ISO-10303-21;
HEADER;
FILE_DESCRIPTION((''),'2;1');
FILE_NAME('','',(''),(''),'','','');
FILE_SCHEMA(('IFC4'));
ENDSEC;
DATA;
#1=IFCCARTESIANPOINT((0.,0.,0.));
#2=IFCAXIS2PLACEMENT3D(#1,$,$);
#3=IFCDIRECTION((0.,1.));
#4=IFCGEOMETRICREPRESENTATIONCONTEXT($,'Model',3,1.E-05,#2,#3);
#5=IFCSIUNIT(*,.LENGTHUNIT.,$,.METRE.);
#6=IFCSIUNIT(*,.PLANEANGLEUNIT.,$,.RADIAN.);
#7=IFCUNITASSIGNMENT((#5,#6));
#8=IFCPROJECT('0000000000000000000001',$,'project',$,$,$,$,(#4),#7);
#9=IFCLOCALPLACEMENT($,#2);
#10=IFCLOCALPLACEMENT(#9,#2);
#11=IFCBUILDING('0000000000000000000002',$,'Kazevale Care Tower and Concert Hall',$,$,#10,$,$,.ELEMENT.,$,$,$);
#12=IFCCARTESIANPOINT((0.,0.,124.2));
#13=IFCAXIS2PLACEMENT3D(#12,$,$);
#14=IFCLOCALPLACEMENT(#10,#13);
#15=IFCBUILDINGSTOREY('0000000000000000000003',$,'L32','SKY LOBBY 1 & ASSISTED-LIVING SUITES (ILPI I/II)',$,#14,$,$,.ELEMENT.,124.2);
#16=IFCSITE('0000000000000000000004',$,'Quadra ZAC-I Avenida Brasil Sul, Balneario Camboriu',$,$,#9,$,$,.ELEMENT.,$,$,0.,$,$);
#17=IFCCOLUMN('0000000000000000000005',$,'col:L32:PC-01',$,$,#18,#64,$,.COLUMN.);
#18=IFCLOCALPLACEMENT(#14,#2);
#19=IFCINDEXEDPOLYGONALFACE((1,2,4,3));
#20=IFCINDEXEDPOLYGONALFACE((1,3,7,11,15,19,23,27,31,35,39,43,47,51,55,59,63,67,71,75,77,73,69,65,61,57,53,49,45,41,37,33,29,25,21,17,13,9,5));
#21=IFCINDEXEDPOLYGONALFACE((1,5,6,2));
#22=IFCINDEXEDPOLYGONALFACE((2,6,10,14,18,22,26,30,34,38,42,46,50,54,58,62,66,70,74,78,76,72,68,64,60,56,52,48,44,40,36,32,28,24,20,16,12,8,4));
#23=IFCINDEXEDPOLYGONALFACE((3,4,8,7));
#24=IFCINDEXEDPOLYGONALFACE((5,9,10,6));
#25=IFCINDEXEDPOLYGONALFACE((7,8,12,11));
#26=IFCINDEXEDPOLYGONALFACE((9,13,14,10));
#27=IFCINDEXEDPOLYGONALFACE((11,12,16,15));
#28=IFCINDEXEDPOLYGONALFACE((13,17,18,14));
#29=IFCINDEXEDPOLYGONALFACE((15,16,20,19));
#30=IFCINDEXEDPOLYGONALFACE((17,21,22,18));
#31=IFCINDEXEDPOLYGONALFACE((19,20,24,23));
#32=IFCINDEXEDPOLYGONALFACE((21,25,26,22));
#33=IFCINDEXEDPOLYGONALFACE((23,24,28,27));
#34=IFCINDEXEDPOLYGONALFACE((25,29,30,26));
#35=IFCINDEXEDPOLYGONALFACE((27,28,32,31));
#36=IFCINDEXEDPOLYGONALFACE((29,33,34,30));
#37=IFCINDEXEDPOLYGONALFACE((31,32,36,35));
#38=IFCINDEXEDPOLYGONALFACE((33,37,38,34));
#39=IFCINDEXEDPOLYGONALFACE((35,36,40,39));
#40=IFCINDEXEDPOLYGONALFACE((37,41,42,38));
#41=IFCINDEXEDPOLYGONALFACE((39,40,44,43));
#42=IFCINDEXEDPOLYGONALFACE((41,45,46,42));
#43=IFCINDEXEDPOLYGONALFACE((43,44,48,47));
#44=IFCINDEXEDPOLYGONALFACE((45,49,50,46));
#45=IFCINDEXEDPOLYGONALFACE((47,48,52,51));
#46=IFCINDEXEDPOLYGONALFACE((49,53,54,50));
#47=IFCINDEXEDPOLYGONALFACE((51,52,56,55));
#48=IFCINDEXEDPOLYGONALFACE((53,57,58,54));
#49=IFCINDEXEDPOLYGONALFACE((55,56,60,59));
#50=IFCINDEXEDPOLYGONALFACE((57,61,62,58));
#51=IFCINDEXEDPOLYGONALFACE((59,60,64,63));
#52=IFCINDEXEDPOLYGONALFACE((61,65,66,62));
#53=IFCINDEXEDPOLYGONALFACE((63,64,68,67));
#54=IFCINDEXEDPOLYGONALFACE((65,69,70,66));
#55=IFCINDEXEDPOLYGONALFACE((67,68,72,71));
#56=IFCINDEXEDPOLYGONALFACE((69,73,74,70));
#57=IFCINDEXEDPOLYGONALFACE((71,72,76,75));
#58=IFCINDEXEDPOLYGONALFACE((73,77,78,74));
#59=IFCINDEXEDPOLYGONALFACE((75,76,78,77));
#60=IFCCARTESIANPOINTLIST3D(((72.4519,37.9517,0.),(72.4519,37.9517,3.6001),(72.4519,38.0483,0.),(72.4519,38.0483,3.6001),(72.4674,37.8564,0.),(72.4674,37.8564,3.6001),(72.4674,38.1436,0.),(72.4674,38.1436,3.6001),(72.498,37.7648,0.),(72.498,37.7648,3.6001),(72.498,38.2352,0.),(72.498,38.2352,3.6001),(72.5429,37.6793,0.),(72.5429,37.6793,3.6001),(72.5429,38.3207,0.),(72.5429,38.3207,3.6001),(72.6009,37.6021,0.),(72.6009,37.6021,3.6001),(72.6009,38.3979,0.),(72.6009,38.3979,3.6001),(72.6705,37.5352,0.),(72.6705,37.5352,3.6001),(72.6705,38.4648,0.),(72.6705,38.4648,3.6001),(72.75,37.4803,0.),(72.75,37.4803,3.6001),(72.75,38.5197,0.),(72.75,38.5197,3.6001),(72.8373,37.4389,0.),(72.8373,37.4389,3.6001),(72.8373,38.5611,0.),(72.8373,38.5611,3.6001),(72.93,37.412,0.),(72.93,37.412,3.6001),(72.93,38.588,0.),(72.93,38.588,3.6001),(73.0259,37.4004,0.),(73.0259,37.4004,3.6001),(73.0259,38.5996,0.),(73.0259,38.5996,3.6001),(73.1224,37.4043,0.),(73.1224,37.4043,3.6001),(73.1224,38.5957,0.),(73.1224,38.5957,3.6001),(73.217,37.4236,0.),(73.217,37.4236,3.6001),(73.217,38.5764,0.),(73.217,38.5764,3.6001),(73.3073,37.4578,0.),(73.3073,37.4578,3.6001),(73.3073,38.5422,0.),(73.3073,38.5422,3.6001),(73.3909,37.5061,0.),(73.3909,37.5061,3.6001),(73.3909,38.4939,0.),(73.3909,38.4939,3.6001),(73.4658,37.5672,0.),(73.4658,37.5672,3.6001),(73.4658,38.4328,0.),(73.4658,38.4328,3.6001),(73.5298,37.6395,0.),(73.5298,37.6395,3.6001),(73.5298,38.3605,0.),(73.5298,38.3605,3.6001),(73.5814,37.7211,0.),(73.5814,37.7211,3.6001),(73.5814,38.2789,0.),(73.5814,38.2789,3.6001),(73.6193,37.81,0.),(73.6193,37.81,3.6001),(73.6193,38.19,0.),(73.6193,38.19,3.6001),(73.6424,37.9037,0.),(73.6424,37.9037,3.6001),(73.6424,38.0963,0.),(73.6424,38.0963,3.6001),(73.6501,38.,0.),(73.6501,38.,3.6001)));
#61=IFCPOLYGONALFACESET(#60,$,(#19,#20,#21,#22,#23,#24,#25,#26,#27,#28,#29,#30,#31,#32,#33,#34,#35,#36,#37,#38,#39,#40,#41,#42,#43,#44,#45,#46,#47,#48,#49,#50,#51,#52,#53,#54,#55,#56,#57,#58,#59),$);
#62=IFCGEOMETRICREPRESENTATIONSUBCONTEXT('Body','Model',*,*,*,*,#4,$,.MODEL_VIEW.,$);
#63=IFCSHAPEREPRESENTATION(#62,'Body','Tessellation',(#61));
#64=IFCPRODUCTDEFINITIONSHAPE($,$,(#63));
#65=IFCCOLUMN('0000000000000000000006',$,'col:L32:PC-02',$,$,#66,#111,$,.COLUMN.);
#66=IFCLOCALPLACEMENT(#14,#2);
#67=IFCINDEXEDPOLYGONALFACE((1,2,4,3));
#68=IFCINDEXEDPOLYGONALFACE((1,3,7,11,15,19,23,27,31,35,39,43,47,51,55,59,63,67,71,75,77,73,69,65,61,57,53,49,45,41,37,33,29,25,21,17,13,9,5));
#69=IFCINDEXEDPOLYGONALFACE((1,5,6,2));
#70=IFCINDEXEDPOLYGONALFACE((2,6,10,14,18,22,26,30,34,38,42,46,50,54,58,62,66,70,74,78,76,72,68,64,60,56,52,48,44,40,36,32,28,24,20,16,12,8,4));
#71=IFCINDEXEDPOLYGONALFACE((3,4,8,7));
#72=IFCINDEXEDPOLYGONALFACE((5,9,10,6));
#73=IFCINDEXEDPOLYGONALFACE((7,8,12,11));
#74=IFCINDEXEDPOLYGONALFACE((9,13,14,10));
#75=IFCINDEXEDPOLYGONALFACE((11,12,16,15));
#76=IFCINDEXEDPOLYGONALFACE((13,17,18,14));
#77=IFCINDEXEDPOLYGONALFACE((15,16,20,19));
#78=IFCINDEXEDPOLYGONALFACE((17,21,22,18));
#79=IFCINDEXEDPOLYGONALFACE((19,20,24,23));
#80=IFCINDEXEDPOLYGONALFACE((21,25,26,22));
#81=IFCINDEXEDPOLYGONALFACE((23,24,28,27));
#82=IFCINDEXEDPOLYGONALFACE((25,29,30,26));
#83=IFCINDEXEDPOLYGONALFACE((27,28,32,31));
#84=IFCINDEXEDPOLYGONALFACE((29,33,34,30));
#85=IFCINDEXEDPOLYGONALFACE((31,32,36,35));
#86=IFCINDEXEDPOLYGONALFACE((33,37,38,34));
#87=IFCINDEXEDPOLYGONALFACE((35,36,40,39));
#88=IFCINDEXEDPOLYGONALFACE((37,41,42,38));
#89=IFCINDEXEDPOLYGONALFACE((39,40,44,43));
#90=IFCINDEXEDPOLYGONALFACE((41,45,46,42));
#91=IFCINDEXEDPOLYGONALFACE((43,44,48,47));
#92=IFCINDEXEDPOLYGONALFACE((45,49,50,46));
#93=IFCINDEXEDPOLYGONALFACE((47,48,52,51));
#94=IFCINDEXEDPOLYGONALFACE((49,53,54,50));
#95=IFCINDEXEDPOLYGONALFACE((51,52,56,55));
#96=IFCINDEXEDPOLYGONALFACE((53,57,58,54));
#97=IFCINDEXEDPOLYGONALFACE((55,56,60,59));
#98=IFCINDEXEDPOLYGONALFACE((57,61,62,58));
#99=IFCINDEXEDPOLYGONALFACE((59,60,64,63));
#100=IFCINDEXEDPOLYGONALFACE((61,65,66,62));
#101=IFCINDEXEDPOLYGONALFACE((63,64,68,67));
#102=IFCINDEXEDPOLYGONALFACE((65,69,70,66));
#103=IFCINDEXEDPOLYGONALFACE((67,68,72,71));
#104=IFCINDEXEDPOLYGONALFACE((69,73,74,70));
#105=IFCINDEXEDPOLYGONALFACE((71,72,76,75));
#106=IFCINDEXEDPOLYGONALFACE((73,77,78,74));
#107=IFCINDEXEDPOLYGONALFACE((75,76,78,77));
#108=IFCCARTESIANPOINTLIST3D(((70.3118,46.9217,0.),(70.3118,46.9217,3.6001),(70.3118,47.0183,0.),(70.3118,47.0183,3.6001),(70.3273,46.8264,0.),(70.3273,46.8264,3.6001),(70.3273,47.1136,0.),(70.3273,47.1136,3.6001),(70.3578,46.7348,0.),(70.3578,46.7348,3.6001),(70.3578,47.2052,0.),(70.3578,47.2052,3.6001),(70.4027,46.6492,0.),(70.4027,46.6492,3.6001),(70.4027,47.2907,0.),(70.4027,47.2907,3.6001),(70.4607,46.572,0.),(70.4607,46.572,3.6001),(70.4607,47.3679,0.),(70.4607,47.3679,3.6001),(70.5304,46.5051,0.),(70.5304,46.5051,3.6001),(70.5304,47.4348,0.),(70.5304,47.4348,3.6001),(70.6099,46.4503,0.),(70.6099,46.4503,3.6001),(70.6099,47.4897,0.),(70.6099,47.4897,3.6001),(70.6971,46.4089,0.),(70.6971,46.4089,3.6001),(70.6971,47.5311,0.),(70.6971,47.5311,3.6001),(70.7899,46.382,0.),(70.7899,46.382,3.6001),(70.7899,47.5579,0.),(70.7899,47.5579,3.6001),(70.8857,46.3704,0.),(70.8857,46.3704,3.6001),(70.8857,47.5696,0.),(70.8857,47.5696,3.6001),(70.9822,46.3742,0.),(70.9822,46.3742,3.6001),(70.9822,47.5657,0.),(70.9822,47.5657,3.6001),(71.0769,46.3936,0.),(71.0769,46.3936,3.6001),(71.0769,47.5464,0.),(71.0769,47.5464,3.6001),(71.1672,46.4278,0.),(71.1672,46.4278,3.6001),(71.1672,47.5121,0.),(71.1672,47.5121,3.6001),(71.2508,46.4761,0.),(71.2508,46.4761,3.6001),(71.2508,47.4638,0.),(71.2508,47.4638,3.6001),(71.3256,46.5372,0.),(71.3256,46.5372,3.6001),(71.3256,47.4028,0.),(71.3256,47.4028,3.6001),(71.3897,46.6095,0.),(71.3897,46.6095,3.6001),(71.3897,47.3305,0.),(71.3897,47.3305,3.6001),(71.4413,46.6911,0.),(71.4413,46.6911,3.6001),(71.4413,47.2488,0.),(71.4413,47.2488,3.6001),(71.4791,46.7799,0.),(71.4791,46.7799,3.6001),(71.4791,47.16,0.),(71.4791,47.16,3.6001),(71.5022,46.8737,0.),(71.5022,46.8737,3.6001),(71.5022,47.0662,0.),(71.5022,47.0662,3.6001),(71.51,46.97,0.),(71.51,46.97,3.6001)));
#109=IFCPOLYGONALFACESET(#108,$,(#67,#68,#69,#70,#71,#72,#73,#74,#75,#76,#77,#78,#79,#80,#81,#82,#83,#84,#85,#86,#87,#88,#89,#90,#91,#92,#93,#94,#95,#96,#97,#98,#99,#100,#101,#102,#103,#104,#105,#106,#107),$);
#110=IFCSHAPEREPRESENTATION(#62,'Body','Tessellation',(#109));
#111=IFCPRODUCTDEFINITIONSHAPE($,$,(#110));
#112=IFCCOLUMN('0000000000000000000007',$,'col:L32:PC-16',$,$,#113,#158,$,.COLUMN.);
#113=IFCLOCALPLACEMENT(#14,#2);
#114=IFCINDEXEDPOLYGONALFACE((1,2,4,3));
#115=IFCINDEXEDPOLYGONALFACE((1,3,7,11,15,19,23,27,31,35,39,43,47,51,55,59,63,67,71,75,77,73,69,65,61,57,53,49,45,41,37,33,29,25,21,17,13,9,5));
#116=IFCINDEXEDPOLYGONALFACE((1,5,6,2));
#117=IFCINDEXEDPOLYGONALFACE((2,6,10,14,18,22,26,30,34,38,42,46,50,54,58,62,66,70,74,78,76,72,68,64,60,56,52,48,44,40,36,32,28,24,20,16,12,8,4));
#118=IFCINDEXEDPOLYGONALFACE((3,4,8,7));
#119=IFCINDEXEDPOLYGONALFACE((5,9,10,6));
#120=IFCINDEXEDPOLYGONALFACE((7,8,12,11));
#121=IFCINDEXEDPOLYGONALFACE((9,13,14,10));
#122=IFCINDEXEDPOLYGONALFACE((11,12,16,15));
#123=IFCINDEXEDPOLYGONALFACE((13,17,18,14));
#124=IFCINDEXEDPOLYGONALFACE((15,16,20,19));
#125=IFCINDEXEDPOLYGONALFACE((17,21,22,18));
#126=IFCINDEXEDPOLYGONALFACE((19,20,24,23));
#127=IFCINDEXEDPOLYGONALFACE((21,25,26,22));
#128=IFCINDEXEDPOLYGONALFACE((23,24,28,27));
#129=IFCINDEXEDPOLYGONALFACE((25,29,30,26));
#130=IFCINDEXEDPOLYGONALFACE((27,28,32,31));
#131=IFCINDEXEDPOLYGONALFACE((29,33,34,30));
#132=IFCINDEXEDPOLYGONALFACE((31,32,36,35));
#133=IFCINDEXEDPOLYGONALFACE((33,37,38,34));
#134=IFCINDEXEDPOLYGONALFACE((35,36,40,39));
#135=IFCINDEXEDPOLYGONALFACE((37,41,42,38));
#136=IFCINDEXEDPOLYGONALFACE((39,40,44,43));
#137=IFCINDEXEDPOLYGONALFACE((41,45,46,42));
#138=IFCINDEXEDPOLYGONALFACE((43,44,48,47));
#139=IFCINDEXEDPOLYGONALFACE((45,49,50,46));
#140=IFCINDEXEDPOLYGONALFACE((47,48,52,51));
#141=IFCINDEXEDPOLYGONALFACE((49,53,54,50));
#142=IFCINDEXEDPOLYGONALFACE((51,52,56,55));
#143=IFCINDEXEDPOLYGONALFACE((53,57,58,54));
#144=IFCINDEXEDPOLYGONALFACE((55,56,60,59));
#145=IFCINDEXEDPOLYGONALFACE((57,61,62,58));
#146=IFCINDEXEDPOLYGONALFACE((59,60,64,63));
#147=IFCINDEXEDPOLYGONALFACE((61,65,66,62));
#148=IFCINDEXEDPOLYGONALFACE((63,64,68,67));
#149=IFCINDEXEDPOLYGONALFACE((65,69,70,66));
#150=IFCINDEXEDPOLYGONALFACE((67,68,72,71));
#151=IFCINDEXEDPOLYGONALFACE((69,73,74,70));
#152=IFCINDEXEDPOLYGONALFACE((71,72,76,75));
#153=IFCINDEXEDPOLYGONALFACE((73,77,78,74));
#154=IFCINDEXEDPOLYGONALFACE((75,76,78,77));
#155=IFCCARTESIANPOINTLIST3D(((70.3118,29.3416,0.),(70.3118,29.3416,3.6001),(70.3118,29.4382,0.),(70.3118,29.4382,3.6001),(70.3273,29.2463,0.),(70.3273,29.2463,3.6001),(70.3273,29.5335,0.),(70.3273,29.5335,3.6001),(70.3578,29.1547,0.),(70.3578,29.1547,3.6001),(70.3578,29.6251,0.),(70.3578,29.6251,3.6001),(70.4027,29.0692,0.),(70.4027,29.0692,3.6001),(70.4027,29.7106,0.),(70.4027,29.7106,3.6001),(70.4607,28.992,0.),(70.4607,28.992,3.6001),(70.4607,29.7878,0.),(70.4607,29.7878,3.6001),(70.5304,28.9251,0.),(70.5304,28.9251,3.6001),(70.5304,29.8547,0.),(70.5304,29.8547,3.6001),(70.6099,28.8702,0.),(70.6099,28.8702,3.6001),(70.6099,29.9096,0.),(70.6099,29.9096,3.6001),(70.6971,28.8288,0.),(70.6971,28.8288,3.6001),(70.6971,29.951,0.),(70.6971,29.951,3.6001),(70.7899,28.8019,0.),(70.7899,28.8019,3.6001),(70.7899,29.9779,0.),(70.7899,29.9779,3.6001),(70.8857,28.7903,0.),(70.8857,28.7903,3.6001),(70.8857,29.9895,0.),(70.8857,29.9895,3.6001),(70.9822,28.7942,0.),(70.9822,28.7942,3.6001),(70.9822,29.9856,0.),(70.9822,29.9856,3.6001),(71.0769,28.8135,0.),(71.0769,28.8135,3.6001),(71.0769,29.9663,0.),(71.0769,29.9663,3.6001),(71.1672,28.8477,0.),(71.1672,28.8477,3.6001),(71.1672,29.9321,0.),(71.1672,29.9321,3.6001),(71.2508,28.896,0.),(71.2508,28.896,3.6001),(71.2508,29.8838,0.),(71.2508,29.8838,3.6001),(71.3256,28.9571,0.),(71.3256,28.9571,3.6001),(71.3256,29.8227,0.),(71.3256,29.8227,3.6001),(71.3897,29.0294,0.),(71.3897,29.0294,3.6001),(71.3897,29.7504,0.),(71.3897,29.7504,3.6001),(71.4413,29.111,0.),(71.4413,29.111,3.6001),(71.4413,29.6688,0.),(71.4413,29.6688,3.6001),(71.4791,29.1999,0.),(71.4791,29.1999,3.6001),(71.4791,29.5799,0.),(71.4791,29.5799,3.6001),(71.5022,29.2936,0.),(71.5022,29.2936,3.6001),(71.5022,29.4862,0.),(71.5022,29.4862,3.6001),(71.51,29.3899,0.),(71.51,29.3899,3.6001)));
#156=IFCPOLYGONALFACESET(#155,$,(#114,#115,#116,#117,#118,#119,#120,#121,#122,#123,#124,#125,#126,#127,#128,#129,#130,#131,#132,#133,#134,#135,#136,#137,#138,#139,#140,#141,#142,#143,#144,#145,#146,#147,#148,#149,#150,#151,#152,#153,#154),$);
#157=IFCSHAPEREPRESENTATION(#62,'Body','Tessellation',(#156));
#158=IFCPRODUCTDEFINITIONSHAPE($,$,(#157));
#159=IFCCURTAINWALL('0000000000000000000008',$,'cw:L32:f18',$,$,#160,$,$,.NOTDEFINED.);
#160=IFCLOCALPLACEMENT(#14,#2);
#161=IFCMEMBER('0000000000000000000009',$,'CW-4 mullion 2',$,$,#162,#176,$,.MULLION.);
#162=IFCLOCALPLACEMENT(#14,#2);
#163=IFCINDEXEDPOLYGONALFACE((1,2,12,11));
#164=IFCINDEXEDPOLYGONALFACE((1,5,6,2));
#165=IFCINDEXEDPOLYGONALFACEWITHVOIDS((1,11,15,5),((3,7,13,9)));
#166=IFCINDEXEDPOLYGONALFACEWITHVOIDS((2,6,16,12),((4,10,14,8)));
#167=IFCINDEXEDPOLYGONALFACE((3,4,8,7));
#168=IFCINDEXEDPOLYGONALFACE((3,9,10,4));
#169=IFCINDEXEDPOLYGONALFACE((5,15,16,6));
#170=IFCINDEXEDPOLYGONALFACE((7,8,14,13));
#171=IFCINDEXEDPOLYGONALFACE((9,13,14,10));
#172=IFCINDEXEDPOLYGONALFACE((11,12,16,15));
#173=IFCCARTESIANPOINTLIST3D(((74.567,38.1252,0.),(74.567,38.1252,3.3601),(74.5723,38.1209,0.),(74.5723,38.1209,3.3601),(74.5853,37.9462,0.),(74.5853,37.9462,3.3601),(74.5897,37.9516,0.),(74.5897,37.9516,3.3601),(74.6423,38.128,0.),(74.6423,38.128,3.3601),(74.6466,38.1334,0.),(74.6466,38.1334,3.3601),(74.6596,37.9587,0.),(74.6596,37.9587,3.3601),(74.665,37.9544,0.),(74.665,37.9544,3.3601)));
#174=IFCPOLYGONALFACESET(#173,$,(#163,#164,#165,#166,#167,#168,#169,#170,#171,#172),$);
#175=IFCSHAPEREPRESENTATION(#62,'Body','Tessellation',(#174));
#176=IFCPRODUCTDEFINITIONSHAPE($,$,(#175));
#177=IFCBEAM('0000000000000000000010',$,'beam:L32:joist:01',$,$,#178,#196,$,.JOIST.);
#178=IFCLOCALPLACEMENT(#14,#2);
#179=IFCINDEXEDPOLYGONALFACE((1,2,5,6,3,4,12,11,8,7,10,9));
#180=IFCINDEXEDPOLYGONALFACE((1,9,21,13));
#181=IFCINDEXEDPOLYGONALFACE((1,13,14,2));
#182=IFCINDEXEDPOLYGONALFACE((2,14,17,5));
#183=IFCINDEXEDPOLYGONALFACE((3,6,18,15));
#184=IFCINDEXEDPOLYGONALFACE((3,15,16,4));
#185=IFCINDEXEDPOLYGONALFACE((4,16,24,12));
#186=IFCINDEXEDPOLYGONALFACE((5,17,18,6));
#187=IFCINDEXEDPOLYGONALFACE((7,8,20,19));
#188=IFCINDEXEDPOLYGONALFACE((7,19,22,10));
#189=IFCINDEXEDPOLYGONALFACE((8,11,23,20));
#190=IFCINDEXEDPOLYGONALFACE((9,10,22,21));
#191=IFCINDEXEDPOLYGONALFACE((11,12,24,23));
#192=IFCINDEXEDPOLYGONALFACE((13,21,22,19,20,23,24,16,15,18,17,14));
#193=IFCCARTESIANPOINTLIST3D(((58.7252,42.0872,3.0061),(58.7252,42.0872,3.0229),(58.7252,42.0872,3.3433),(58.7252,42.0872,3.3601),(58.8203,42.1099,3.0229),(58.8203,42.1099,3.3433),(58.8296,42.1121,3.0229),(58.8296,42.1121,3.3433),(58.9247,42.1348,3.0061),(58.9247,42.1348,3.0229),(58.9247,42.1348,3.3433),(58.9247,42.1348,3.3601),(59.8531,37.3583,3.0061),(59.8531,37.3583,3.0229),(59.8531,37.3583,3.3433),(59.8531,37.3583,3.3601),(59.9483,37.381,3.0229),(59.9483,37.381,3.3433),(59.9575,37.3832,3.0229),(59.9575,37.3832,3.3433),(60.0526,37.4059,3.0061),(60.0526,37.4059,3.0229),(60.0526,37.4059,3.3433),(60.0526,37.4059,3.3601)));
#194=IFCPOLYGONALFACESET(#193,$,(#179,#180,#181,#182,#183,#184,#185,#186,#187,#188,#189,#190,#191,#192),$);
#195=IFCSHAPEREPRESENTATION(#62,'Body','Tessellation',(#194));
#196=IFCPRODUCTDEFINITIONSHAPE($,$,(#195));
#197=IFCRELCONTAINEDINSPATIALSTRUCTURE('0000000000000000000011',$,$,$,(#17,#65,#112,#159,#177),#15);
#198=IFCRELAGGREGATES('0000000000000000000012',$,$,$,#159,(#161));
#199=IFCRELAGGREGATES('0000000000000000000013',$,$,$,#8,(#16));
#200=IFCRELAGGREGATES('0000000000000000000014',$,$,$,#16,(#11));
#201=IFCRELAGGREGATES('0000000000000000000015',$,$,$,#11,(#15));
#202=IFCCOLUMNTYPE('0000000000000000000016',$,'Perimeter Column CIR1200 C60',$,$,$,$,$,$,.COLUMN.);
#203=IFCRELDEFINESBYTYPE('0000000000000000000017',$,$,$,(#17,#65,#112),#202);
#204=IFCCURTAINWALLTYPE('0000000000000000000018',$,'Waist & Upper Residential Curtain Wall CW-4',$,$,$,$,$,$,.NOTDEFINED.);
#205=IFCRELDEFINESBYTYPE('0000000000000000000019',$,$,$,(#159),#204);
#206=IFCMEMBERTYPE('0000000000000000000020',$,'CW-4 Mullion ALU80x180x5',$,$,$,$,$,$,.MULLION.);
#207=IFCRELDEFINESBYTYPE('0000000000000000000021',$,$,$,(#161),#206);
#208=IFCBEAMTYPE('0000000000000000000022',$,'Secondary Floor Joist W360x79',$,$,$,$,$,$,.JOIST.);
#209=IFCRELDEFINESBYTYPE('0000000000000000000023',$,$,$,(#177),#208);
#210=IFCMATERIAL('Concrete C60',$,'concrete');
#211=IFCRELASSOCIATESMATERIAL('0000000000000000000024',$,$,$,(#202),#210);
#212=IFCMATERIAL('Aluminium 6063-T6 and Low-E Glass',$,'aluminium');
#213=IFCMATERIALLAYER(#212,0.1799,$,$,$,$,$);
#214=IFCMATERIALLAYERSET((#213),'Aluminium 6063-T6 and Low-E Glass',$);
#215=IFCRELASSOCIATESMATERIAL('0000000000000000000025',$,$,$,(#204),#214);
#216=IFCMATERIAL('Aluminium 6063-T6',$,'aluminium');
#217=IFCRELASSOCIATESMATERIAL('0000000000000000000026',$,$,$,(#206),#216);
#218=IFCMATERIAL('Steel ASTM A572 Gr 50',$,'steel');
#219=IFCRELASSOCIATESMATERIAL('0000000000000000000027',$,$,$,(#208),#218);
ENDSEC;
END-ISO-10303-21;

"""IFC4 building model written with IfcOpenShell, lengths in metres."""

from ifc_helpers import new_model, si_unit, direction, frame, origin, origin_2d, place, context, subcontext, project, spatial, hollow_rectangle, circle, i_section, extrude, material, layer, layer_set, material_profile, profile_set, type_object, element, aggregate, save


model = new_model("IFC4")

# Units and contexts
model_context = context("Model", 3, precision=1e-05, world=origin(), true_north=direction((0.0, 1.0)))
body_context = subcontext(model_context, "Body", "Model", "MODEL_VIEW")
ifc_project = project(units=[si_unit("LENGTHUNIT", "METRE"), si_unit("PLANEANGLEUNIT", "RADIAN")], contexts=[model_context])

# Site, building, storey
site_placement = place(None, origin())
site = spatial("IfcSite", under=ifc_project, at=site_placement, Name="Quadra ZAC-I Avenida Brasil Sul, Balneario Camboriu", CompositionType="ELEMENT", RefElevation=0.0)
building_placement = place(site_placement, origin())
building = spatial("IfcBuilding", under=site, at=building_placement, Name="Kazevale Care Tower and Concert Hall", CompositionType="ELEMENT")
storey_placement = place(building_placement, frame((0.0, 0.0, 124.2)))
storey = spatial("IfcBuildingStorey", under=building, at=storey_placement, Name="L32", Description="SKY LOBBY 1 & ASSISTED-LIVING SUITES (ILPI I/II)", CompositionType="ELEMENT", Elevation=124.2)

# Columns
ifc_material_1 = material(Name="Concrete C60", Category="concrete")
ifc_material_profile_1 = material_profile(ifc_material_1, circle(Radius=0.6001, at=origin_2d()), Name="RC-CIR1200")
ifc_profile_set_1 = profile_set([ifc_material_profile_1], Name="Concrete C60")
column_type = type_object("IfcColumnType", Name="Perimeter Column CIR1200 C60", PredefinedType="COLUMN", material=ifc_profile_set_1)
for number, where, z_axis, x_axis, name in (
    (1, (73.05, 38.0, 0.0), (0.0, 0.0, 1.0), (1.0, 0.0, 0.0), "col:L32:PC-01"),
    (2, (70.9099, 46.97, 0.0), (0.0, 0.0, 1.0), (1.0, 0.0, 0.0), "col:L32:PC-02"),
    (3, (70.9099, 29.3899, 0.0), (0.0, 0.0, 1.0), (1.0, 0.0, 0.0), "col:L32:PC-16"),
):
    element("IfcColumn", number, at=place(storey_placement, frame(where, z_axis=z_axis, x_axis=x_axis)), inside=storey, type_object=column_type, Name=name, PredefinedType="COLUMN", context=body_context, shape_type="SweptSolid", body=[
        extrude(circle(Radius=0.6001, at=origin_2d()), origin(), (0.0, 0.0, 1.0), 3.6001),
    ])

# Curtain wall, member
ifc_material_2 = material(Name="Aluminium 6063-T6 and Low-E Glass", Category="aluminium")
ifc_layer_1 = layer(ifc_material_2, 0.1799)
ifc_layer_set_1 = layer_set([ifc_layer_1], Name="Aluminium 6063-T6 and Low-E Glass")
curtain_wall_type = type_object("IfcCurtainWallType", Name="Waist & Upper Residential Curtain Wall CW-4", PredefinedType="NOTDEFINED", material=ifc_layer_set_1)
curtain_wall_placement = place(storey_placement, origin())
curtain_wall = element("IfcCurtainWall", 4, at=curtain_wall_placement, inside=storey, type_object=curtain_wall_type, Name="cw:L32:f18", PredefinedType="NOTDEFINED")
ifc_material_3 = material(Name="Aluminium 6063-T6", Category="aluminium")
ifc_material_profile_2 = material_profile(ifc_material_3, hollow_rectangle(XDim=0.0801, YDim=0.1799, WallThickness=0.0049, at=origin_2d()), Name="ALU80x180x5")
ifc_profile_set_2 = profile_set([ifc_material_profile_2], Name="Aluminium 6063-T6")
member_type = type_object("IfcMemberType", Name="CW-4 Mullion ALU80x180x5", PredefinedType="MULLION", material=ifc_profile_set_2)
member_placement = place(storey_placement, frame((74.616, 38.0398, 0.0), z_axis=(0.0, 0.0, 1.0), x_axis=(0.994798, 0.10187, 0.0)))
member = element("IfcMember", 5, at=member_placement, type_object=member_type, Name="CW-4 mullion 2", PredefinedType="MULLION", context=body_context, shape_type="SweptSolid", body=[
    extrude(hollow_rectangle(XDim=0.0801, YDim=0.1799, WallThickness=0.0049, at=origin_2d()), origin(), (0.0, 0.0, 1.0), 3.3601),
])

# Beam
ifc_material_4 = material(Name="Steel ASTM A572 Gr 50", Category="steel")
ifc_material_profile_3 = material_profile(ifc_material_4, i_section(OverallWidth=0.2051, OverallDepth=0.354, WebThickness=0.0095, FlangeThickness=0.0168, at=origin_2d()), Name="W360x79")
ifc_profile_set_3 = profile_set([ifc_material_profile_3], Name="Steel ASTM A572 Gr 50")
beam_type_1 = type_object("IfcBeamType", Name="Secondary Floor Joist W360x79", PredefinedType="JOIST", material=ifc_profile_set_3)
beam_1_placement = place(storey_placement, frame((59.9529, 37.3821, 3.1831), z_axis=(-0.232005, 0.972715, 0.0), x_axis=(-0.972715, -0.232005, 0.0)))
element("IfcBeam", 6, at=beam_1_placement, inside=storey, type_object=beam_type_1, Name="beam:L32:joist:01", PredefinedType="JOIST", context=body_context, shape_type="SweptSolid", body=[
    extrude(i_section(OverallWidth=0.2051, OverallDepth=0.354, WebThickness=0.0095, FlangeThickness=0.0168, at=origin_2d()), origin(), (0.0, 0.0, 1.0), 4.8616),
])

aggregate(curtain_wall, [member])

save(model, "model.ifc")
